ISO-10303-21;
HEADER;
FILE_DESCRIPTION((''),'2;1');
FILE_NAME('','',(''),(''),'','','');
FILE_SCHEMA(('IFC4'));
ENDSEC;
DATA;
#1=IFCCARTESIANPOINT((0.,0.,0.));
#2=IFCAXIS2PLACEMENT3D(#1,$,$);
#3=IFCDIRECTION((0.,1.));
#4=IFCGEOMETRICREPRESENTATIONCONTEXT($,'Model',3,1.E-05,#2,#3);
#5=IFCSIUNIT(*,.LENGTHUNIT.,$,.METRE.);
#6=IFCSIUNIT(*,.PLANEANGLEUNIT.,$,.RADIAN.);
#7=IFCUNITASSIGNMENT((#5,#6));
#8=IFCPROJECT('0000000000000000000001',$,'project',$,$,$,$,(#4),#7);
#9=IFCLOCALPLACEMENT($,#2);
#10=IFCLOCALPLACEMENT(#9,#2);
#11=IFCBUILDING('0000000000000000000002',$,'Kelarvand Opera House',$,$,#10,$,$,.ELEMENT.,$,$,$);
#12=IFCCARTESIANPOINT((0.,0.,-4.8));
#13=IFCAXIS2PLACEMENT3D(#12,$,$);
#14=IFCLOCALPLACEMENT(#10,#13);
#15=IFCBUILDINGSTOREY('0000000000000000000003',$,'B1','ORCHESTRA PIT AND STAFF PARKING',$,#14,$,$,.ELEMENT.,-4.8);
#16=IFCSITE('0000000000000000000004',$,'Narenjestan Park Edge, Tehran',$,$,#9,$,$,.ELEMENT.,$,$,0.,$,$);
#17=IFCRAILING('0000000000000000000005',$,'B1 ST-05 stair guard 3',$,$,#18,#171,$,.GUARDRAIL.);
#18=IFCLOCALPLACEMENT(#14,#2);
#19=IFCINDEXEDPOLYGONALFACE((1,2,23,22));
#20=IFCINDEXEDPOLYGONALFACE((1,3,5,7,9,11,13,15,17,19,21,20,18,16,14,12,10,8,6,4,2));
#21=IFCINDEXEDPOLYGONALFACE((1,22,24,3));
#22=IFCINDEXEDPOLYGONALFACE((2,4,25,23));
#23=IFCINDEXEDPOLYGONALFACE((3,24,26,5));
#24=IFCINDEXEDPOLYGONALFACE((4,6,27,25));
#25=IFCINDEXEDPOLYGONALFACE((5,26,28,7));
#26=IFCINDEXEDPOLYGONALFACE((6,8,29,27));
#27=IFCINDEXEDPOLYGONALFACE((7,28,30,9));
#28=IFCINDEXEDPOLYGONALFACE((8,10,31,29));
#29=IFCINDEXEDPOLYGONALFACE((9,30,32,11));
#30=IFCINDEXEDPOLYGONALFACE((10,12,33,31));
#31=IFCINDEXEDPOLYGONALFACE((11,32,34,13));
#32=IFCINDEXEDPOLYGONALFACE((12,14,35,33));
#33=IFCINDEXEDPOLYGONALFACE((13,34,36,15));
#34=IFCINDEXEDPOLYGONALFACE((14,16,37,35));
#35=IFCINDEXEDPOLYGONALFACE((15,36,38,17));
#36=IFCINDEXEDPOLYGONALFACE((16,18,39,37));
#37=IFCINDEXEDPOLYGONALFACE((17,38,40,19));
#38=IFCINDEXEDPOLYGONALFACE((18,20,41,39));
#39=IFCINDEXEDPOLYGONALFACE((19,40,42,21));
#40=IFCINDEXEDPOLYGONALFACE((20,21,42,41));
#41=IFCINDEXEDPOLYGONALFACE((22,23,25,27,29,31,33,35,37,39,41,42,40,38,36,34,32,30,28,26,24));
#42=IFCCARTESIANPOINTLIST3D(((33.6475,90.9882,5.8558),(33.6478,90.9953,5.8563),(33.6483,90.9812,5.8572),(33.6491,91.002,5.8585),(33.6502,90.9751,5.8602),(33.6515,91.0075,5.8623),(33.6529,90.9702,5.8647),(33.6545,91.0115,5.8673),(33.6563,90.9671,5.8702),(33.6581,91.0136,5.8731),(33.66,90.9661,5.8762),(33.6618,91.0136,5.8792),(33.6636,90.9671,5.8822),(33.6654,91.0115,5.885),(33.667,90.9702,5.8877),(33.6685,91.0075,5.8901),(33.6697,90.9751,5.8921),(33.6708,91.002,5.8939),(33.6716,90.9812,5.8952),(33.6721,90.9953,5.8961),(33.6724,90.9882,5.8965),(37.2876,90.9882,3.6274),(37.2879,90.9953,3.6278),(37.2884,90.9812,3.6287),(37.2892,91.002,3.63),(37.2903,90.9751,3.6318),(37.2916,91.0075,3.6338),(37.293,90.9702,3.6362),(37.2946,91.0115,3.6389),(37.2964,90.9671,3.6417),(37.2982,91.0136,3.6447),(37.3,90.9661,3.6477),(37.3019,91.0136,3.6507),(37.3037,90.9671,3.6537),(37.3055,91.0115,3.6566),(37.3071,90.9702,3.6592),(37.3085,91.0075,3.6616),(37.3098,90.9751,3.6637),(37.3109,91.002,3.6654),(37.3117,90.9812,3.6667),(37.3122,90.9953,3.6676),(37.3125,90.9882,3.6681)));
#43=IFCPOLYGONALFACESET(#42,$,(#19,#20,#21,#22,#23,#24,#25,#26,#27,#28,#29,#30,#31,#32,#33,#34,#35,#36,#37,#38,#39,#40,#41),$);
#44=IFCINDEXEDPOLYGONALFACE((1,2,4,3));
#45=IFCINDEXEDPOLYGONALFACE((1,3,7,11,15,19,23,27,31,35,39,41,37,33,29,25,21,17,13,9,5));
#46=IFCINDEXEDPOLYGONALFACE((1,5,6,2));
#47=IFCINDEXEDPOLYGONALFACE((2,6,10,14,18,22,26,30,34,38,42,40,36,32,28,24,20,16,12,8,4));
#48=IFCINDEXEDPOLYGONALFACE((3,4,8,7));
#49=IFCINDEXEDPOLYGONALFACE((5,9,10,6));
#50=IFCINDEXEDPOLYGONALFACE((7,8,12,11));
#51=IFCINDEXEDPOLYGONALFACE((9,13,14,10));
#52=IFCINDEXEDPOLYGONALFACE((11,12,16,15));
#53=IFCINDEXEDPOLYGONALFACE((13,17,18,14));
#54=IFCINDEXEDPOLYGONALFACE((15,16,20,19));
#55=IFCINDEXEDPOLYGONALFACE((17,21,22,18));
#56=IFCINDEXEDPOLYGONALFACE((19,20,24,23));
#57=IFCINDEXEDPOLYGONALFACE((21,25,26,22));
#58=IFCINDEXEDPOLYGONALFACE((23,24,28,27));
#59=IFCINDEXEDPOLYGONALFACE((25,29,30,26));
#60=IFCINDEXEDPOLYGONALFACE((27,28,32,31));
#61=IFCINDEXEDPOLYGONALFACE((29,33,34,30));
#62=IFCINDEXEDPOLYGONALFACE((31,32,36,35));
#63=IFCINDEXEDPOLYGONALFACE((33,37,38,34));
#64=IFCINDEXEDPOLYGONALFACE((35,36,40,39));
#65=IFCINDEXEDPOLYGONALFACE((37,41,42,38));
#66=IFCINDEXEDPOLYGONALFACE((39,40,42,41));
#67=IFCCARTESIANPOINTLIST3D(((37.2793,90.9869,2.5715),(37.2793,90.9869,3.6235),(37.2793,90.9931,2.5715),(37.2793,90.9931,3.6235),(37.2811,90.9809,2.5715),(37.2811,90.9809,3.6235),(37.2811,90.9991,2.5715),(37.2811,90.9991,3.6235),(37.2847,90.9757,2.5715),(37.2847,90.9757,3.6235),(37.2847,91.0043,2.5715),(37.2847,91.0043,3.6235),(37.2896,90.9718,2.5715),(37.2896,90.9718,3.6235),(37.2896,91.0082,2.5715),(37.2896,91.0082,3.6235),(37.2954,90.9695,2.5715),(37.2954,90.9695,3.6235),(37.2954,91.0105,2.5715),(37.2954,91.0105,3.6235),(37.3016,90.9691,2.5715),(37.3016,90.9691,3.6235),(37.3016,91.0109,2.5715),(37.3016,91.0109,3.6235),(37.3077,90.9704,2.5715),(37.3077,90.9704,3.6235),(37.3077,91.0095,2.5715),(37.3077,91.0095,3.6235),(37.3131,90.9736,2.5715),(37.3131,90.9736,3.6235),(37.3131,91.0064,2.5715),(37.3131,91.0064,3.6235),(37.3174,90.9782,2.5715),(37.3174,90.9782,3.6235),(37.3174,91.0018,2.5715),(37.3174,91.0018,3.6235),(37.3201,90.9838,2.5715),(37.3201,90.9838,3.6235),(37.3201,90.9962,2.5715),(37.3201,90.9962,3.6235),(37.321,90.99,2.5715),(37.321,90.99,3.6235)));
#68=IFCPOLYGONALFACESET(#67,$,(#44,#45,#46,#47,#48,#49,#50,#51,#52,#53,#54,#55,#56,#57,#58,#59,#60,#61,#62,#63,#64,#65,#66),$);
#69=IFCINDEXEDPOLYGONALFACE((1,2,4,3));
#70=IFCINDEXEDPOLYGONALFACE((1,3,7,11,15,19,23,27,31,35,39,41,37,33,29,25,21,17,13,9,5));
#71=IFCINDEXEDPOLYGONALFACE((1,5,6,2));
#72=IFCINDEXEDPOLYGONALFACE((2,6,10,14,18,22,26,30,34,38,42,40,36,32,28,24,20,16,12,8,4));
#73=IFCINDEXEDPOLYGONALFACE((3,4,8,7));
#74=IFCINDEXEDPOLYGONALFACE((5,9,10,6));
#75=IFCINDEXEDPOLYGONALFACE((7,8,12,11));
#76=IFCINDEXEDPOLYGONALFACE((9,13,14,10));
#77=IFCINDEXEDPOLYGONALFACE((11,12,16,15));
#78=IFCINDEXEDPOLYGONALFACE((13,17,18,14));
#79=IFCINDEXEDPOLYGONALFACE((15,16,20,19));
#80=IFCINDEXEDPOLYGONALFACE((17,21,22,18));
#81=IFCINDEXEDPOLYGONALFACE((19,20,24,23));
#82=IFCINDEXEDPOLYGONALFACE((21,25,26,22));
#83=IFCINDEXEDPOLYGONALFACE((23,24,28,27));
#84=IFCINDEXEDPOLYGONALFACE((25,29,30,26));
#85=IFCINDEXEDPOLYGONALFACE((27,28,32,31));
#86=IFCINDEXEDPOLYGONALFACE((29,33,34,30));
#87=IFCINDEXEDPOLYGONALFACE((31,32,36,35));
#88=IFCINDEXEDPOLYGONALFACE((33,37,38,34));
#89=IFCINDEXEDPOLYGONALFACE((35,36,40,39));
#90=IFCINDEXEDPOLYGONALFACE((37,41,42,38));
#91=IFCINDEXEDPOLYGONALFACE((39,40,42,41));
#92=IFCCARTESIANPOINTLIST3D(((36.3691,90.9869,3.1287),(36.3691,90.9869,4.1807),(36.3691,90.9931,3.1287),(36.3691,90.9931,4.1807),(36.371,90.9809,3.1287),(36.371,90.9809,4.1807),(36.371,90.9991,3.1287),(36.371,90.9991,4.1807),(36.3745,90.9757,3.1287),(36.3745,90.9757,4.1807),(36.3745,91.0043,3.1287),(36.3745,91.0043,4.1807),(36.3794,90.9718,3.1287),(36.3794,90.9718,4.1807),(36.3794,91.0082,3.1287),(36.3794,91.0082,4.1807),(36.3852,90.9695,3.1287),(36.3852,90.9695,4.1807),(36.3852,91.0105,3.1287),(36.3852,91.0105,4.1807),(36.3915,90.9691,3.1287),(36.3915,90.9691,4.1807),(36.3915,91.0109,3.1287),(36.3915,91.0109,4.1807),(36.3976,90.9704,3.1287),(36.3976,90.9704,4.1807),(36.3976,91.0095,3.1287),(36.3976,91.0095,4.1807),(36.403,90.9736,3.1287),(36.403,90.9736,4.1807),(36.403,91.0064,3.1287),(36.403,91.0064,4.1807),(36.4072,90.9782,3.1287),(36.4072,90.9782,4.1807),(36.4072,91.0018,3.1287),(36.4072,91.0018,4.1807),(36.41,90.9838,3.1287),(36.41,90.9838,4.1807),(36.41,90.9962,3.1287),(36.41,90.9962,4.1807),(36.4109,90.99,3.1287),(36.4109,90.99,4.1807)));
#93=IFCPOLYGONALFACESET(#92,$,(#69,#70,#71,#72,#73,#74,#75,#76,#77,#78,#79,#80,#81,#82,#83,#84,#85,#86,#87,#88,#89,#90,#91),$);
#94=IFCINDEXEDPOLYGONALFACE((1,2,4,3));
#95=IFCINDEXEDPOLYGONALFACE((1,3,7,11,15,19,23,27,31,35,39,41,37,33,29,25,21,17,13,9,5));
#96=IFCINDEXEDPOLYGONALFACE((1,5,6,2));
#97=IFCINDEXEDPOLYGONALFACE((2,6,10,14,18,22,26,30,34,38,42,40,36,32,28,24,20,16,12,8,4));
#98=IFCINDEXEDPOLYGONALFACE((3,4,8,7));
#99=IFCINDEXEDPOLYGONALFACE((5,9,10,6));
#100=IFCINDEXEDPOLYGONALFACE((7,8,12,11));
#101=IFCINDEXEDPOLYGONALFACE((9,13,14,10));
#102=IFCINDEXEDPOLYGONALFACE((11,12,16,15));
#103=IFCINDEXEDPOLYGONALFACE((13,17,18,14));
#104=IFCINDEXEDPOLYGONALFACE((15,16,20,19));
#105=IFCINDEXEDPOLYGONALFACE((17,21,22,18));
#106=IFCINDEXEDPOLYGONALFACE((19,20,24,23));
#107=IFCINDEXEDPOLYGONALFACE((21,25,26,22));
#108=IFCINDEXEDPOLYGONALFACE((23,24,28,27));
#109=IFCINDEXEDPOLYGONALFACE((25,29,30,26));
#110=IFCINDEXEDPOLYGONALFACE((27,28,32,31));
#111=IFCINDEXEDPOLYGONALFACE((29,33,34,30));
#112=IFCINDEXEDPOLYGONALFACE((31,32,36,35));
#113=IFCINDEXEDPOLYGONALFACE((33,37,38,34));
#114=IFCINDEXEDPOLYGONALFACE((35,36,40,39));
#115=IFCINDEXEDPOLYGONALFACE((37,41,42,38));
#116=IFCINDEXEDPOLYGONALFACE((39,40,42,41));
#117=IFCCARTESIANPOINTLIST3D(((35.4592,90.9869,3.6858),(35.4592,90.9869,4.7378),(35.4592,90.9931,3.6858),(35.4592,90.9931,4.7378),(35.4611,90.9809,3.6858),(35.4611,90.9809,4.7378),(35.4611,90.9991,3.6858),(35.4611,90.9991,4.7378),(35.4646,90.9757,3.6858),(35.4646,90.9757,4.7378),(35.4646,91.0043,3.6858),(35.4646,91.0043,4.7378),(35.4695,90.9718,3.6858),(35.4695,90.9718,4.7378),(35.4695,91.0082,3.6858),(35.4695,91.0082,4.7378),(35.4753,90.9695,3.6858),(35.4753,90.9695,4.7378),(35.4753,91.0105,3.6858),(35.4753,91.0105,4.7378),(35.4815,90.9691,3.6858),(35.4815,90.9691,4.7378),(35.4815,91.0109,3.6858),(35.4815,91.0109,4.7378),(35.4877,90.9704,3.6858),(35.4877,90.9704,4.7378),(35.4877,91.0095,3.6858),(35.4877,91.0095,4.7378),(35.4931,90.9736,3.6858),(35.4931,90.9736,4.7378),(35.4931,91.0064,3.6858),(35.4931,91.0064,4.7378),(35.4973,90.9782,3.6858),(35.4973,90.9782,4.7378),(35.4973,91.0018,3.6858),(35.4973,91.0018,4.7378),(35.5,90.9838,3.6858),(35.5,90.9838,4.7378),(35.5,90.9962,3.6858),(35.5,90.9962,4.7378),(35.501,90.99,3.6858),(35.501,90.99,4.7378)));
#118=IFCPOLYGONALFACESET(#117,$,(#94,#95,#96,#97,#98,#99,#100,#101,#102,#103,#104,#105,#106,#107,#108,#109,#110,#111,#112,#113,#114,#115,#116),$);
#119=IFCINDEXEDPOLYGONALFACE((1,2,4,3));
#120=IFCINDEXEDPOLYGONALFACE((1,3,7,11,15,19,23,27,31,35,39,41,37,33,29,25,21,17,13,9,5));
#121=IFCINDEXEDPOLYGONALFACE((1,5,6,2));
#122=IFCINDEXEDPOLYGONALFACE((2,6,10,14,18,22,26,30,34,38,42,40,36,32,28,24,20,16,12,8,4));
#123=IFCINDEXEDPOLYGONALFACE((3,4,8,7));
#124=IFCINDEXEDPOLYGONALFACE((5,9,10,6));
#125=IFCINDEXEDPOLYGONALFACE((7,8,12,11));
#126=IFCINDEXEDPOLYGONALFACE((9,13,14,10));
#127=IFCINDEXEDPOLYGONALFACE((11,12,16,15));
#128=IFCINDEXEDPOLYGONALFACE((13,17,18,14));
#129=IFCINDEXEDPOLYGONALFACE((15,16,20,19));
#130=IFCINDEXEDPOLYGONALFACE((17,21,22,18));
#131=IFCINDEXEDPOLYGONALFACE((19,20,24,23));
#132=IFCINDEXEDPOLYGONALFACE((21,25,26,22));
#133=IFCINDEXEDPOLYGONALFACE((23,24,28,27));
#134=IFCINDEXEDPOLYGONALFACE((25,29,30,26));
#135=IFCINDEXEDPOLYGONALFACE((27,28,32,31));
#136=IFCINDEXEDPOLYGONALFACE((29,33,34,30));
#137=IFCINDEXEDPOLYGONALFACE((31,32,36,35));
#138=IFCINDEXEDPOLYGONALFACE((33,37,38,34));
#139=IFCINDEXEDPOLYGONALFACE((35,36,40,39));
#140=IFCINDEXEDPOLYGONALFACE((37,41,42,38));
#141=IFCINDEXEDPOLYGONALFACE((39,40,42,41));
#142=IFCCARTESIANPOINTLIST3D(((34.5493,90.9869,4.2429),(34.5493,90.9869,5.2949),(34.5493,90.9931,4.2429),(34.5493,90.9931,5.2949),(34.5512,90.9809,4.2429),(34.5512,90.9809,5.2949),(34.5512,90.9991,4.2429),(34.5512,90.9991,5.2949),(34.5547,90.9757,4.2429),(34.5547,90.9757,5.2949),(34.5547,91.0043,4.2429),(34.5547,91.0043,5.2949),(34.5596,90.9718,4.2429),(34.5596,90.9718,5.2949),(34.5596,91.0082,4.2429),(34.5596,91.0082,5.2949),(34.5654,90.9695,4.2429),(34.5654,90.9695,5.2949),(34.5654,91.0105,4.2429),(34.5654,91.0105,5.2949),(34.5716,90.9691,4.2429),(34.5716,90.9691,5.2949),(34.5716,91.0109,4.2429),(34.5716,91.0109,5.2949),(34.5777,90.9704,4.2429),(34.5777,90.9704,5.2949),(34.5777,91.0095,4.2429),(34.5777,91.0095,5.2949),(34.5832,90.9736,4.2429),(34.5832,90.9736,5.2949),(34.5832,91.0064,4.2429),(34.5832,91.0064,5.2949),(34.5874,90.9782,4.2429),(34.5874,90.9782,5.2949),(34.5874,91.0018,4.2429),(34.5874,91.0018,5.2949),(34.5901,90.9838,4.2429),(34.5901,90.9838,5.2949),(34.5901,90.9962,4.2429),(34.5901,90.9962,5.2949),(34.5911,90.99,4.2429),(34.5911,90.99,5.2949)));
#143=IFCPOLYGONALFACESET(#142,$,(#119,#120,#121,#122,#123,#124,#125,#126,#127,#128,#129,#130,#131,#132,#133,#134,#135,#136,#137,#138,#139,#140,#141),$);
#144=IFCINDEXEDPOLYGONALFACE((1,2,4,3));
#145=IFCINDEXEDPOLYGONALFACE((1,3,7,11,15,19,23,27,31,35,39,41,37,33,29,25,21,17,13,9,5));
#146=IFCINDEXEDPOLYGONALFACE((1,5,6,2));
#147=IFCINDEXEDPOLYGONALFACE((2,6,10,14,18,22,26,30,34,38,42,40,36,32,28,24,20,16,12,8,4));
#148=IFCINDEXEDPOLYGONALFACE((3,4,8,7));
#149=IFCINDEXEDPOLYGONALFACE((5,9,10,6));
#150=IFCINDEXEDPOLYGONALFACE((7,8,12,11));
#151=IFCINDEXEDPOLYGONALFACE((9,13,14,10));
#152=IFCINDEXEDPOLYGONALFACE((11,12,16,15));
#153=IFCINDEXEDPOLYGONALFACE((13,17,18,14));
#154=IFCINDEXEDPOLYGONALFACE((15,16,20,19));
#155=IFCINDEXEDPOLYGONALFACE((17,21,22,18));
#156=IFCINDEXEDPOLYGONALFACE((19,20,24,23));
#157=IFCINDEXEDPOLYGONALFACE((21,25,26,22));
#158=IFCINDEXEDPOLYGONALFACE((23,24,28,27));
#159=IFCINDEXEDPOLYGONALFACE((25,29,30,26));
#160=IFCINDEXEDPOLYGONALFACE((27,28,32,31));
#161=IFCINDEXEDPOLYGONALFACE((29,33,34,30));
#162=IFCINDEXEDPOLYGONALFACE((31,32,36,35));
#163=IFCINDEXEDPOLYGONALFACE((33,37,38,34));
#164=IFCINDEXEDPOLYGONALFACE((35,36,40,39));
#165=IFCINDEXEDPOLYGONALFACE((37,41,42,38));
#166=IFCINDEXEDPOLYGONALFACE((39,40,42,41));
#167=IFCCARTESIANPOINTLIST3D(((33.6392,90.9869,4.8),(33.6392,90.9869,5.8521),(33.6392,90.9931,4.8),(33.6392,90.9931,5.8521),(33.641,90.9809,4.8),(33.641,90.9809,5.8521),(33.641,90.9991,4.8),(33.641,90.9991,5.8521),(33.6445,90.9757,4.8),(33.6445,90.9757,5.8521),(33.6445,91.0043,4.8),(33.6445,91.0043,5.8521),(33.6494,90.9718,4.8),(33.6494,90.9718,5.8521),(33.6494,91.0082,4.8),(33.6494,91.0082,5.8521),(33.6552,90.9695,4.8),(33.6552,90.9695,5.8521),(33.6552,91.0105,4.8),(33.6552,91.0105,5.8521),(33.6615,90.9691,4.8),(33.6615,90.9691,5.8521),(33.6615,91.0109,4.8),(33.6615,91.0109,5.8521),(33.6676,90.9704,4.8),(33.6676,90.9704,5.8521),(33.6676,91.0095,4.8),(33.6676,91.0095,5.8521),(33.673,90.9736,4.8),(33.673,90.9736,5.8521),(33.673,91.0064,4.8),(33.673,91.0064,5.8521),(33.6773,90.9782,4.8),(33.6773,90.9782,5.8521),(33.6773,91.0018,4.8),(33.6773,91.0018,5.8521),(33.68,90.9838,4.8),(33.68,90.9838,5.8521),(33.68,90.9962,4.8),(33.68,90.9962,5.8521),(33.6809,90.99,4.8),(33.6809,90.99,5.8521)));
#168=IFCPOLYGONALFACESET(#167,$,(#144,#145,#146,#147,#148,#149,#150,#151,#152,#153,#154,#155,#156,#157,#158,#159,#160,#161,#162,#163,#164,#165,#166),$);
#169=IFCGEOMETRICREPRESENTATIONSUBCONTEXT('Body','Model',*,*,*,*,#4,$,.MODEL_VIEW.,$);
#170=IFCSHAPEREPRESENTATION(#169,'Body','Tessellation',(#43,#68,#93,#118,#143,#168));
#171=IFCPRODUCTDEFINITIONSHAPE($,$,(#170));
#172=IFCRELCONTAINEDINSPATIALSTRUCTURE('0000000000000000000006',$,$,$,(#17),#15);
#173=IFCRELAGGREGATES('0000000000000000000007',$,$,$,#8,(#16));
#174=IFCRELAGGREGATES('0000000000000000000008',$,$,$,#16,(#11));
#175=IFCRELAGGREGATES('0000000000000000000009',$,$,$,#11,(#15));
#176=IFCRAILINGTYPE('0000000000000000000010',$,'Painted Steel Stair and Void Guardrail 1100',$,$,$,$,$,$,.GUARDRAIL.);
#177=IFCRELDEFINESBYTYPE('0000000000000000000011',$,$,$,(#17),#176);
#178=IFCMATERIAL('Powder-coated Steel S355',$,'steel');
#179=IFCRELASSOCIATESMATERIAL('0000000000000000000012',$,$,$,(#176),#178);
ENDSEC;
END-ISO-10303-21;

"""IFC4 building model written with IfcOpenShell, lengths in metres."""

from ifc_helpers import new_model, si_unit, direction, frame, origin, origin_2d, place, context, subcontext, project, spatial, circle, extrude, material, type_object, element, save


model = new_model("IFC4")

# Units and contexts
model_context = context("Model", 3, precision=1e-05, world=origin(), true_north=direction((0.0, 1.0)))
body_context = subcontext(model_context, "Body", "Model", "MODEL_VIEW")
ifc_project = project(units=[si_unit("LENGTHUNIT", "METRE"), si_unit("PLANEANGLEUNIT", "RADIAN")], contexts=[model_context])

# Site, building, storey
site_placement = place(None, origin())
site = spatial("IfcSite", under=ifc_project, at=site_placement, Name="Narenjestan Park Edge, Tehran", CompositionType="ELEMENT", RefElevation=0.0)
building_placement = place(site_placement, origin())
building = spatial("IfcBuilding", under=site, at=building_placement, Name="Kelarvand Opera House", CompositionType="ELEMENT")
storey_placement = place(building_placement, frame((0.0, 0.0, -4.8)))
storey = spatial("IfcBuildingStorey", under=building, at=storey_placement, Name="B1", Description="ORCHESTRA PIT AND STAFF PARKING", CompositionType="ELEMENT", Elevation=-4.8)

# Railing
ifc_material_1 = material(Name="Powder-coated Steel S355", Category="steel")
railing_type_1 = type_object("IfcRailingType", Name="Painted Steel Stair and Void Guardrail 1100", PredefinedType="GUARDRAIL", material=ifc_material_1)
railing_1_placement = place(storey_placement, frame((37.3, 90.99, 2.5715)))
element("IfcRailing", 1, at=railing_1_placement, inside=storey, type_object=railing_type_1, Name="B1 ST-05 stair guard 3", PredefinedType="GUARDRAIL", context=body_context, shape_type="SweptSolid", body=[
    extrude(circle(Radius=0.0239, at=origin_2d()), frame((0.0, 0.0, 1.0762), z_axis=(-0.852866, 0.0, 0.52213), x_axis=(0.0, -1.0, 0.0)), (0.0, 0.0, 1.0), 4.2681),
    extrude(circle(Radius=0.021, at=origin_2d()), origin(), (0.0, 0.0, 1.0), 1.052),
    extrude(circle(Radius=0.021, at=origin_2d()), frame((-0.9102, 0.0, 0.5571)), (0.0, 0.0, 1.0), 1.052),
    extrude(circle(Radius=0.021, at=origin_2d()), frame((-1.8201, 0.0, 1.1143)), (0.0, 0.0, 1.0), 1.052),
    extrude(circle(Radius=0.021, at=origin_2d()), frame((-2.73, 0.0, 1.6714)), (0.0, 0.0, 1.0), 1.052),
    extrude(circle(Radius=0.021, at=origin_2d()), frame((-3.6401, 0.0, 2.2285)), (0.0, 0.0, 1.0), 1.052),
])

save(model, "model.ifc")
